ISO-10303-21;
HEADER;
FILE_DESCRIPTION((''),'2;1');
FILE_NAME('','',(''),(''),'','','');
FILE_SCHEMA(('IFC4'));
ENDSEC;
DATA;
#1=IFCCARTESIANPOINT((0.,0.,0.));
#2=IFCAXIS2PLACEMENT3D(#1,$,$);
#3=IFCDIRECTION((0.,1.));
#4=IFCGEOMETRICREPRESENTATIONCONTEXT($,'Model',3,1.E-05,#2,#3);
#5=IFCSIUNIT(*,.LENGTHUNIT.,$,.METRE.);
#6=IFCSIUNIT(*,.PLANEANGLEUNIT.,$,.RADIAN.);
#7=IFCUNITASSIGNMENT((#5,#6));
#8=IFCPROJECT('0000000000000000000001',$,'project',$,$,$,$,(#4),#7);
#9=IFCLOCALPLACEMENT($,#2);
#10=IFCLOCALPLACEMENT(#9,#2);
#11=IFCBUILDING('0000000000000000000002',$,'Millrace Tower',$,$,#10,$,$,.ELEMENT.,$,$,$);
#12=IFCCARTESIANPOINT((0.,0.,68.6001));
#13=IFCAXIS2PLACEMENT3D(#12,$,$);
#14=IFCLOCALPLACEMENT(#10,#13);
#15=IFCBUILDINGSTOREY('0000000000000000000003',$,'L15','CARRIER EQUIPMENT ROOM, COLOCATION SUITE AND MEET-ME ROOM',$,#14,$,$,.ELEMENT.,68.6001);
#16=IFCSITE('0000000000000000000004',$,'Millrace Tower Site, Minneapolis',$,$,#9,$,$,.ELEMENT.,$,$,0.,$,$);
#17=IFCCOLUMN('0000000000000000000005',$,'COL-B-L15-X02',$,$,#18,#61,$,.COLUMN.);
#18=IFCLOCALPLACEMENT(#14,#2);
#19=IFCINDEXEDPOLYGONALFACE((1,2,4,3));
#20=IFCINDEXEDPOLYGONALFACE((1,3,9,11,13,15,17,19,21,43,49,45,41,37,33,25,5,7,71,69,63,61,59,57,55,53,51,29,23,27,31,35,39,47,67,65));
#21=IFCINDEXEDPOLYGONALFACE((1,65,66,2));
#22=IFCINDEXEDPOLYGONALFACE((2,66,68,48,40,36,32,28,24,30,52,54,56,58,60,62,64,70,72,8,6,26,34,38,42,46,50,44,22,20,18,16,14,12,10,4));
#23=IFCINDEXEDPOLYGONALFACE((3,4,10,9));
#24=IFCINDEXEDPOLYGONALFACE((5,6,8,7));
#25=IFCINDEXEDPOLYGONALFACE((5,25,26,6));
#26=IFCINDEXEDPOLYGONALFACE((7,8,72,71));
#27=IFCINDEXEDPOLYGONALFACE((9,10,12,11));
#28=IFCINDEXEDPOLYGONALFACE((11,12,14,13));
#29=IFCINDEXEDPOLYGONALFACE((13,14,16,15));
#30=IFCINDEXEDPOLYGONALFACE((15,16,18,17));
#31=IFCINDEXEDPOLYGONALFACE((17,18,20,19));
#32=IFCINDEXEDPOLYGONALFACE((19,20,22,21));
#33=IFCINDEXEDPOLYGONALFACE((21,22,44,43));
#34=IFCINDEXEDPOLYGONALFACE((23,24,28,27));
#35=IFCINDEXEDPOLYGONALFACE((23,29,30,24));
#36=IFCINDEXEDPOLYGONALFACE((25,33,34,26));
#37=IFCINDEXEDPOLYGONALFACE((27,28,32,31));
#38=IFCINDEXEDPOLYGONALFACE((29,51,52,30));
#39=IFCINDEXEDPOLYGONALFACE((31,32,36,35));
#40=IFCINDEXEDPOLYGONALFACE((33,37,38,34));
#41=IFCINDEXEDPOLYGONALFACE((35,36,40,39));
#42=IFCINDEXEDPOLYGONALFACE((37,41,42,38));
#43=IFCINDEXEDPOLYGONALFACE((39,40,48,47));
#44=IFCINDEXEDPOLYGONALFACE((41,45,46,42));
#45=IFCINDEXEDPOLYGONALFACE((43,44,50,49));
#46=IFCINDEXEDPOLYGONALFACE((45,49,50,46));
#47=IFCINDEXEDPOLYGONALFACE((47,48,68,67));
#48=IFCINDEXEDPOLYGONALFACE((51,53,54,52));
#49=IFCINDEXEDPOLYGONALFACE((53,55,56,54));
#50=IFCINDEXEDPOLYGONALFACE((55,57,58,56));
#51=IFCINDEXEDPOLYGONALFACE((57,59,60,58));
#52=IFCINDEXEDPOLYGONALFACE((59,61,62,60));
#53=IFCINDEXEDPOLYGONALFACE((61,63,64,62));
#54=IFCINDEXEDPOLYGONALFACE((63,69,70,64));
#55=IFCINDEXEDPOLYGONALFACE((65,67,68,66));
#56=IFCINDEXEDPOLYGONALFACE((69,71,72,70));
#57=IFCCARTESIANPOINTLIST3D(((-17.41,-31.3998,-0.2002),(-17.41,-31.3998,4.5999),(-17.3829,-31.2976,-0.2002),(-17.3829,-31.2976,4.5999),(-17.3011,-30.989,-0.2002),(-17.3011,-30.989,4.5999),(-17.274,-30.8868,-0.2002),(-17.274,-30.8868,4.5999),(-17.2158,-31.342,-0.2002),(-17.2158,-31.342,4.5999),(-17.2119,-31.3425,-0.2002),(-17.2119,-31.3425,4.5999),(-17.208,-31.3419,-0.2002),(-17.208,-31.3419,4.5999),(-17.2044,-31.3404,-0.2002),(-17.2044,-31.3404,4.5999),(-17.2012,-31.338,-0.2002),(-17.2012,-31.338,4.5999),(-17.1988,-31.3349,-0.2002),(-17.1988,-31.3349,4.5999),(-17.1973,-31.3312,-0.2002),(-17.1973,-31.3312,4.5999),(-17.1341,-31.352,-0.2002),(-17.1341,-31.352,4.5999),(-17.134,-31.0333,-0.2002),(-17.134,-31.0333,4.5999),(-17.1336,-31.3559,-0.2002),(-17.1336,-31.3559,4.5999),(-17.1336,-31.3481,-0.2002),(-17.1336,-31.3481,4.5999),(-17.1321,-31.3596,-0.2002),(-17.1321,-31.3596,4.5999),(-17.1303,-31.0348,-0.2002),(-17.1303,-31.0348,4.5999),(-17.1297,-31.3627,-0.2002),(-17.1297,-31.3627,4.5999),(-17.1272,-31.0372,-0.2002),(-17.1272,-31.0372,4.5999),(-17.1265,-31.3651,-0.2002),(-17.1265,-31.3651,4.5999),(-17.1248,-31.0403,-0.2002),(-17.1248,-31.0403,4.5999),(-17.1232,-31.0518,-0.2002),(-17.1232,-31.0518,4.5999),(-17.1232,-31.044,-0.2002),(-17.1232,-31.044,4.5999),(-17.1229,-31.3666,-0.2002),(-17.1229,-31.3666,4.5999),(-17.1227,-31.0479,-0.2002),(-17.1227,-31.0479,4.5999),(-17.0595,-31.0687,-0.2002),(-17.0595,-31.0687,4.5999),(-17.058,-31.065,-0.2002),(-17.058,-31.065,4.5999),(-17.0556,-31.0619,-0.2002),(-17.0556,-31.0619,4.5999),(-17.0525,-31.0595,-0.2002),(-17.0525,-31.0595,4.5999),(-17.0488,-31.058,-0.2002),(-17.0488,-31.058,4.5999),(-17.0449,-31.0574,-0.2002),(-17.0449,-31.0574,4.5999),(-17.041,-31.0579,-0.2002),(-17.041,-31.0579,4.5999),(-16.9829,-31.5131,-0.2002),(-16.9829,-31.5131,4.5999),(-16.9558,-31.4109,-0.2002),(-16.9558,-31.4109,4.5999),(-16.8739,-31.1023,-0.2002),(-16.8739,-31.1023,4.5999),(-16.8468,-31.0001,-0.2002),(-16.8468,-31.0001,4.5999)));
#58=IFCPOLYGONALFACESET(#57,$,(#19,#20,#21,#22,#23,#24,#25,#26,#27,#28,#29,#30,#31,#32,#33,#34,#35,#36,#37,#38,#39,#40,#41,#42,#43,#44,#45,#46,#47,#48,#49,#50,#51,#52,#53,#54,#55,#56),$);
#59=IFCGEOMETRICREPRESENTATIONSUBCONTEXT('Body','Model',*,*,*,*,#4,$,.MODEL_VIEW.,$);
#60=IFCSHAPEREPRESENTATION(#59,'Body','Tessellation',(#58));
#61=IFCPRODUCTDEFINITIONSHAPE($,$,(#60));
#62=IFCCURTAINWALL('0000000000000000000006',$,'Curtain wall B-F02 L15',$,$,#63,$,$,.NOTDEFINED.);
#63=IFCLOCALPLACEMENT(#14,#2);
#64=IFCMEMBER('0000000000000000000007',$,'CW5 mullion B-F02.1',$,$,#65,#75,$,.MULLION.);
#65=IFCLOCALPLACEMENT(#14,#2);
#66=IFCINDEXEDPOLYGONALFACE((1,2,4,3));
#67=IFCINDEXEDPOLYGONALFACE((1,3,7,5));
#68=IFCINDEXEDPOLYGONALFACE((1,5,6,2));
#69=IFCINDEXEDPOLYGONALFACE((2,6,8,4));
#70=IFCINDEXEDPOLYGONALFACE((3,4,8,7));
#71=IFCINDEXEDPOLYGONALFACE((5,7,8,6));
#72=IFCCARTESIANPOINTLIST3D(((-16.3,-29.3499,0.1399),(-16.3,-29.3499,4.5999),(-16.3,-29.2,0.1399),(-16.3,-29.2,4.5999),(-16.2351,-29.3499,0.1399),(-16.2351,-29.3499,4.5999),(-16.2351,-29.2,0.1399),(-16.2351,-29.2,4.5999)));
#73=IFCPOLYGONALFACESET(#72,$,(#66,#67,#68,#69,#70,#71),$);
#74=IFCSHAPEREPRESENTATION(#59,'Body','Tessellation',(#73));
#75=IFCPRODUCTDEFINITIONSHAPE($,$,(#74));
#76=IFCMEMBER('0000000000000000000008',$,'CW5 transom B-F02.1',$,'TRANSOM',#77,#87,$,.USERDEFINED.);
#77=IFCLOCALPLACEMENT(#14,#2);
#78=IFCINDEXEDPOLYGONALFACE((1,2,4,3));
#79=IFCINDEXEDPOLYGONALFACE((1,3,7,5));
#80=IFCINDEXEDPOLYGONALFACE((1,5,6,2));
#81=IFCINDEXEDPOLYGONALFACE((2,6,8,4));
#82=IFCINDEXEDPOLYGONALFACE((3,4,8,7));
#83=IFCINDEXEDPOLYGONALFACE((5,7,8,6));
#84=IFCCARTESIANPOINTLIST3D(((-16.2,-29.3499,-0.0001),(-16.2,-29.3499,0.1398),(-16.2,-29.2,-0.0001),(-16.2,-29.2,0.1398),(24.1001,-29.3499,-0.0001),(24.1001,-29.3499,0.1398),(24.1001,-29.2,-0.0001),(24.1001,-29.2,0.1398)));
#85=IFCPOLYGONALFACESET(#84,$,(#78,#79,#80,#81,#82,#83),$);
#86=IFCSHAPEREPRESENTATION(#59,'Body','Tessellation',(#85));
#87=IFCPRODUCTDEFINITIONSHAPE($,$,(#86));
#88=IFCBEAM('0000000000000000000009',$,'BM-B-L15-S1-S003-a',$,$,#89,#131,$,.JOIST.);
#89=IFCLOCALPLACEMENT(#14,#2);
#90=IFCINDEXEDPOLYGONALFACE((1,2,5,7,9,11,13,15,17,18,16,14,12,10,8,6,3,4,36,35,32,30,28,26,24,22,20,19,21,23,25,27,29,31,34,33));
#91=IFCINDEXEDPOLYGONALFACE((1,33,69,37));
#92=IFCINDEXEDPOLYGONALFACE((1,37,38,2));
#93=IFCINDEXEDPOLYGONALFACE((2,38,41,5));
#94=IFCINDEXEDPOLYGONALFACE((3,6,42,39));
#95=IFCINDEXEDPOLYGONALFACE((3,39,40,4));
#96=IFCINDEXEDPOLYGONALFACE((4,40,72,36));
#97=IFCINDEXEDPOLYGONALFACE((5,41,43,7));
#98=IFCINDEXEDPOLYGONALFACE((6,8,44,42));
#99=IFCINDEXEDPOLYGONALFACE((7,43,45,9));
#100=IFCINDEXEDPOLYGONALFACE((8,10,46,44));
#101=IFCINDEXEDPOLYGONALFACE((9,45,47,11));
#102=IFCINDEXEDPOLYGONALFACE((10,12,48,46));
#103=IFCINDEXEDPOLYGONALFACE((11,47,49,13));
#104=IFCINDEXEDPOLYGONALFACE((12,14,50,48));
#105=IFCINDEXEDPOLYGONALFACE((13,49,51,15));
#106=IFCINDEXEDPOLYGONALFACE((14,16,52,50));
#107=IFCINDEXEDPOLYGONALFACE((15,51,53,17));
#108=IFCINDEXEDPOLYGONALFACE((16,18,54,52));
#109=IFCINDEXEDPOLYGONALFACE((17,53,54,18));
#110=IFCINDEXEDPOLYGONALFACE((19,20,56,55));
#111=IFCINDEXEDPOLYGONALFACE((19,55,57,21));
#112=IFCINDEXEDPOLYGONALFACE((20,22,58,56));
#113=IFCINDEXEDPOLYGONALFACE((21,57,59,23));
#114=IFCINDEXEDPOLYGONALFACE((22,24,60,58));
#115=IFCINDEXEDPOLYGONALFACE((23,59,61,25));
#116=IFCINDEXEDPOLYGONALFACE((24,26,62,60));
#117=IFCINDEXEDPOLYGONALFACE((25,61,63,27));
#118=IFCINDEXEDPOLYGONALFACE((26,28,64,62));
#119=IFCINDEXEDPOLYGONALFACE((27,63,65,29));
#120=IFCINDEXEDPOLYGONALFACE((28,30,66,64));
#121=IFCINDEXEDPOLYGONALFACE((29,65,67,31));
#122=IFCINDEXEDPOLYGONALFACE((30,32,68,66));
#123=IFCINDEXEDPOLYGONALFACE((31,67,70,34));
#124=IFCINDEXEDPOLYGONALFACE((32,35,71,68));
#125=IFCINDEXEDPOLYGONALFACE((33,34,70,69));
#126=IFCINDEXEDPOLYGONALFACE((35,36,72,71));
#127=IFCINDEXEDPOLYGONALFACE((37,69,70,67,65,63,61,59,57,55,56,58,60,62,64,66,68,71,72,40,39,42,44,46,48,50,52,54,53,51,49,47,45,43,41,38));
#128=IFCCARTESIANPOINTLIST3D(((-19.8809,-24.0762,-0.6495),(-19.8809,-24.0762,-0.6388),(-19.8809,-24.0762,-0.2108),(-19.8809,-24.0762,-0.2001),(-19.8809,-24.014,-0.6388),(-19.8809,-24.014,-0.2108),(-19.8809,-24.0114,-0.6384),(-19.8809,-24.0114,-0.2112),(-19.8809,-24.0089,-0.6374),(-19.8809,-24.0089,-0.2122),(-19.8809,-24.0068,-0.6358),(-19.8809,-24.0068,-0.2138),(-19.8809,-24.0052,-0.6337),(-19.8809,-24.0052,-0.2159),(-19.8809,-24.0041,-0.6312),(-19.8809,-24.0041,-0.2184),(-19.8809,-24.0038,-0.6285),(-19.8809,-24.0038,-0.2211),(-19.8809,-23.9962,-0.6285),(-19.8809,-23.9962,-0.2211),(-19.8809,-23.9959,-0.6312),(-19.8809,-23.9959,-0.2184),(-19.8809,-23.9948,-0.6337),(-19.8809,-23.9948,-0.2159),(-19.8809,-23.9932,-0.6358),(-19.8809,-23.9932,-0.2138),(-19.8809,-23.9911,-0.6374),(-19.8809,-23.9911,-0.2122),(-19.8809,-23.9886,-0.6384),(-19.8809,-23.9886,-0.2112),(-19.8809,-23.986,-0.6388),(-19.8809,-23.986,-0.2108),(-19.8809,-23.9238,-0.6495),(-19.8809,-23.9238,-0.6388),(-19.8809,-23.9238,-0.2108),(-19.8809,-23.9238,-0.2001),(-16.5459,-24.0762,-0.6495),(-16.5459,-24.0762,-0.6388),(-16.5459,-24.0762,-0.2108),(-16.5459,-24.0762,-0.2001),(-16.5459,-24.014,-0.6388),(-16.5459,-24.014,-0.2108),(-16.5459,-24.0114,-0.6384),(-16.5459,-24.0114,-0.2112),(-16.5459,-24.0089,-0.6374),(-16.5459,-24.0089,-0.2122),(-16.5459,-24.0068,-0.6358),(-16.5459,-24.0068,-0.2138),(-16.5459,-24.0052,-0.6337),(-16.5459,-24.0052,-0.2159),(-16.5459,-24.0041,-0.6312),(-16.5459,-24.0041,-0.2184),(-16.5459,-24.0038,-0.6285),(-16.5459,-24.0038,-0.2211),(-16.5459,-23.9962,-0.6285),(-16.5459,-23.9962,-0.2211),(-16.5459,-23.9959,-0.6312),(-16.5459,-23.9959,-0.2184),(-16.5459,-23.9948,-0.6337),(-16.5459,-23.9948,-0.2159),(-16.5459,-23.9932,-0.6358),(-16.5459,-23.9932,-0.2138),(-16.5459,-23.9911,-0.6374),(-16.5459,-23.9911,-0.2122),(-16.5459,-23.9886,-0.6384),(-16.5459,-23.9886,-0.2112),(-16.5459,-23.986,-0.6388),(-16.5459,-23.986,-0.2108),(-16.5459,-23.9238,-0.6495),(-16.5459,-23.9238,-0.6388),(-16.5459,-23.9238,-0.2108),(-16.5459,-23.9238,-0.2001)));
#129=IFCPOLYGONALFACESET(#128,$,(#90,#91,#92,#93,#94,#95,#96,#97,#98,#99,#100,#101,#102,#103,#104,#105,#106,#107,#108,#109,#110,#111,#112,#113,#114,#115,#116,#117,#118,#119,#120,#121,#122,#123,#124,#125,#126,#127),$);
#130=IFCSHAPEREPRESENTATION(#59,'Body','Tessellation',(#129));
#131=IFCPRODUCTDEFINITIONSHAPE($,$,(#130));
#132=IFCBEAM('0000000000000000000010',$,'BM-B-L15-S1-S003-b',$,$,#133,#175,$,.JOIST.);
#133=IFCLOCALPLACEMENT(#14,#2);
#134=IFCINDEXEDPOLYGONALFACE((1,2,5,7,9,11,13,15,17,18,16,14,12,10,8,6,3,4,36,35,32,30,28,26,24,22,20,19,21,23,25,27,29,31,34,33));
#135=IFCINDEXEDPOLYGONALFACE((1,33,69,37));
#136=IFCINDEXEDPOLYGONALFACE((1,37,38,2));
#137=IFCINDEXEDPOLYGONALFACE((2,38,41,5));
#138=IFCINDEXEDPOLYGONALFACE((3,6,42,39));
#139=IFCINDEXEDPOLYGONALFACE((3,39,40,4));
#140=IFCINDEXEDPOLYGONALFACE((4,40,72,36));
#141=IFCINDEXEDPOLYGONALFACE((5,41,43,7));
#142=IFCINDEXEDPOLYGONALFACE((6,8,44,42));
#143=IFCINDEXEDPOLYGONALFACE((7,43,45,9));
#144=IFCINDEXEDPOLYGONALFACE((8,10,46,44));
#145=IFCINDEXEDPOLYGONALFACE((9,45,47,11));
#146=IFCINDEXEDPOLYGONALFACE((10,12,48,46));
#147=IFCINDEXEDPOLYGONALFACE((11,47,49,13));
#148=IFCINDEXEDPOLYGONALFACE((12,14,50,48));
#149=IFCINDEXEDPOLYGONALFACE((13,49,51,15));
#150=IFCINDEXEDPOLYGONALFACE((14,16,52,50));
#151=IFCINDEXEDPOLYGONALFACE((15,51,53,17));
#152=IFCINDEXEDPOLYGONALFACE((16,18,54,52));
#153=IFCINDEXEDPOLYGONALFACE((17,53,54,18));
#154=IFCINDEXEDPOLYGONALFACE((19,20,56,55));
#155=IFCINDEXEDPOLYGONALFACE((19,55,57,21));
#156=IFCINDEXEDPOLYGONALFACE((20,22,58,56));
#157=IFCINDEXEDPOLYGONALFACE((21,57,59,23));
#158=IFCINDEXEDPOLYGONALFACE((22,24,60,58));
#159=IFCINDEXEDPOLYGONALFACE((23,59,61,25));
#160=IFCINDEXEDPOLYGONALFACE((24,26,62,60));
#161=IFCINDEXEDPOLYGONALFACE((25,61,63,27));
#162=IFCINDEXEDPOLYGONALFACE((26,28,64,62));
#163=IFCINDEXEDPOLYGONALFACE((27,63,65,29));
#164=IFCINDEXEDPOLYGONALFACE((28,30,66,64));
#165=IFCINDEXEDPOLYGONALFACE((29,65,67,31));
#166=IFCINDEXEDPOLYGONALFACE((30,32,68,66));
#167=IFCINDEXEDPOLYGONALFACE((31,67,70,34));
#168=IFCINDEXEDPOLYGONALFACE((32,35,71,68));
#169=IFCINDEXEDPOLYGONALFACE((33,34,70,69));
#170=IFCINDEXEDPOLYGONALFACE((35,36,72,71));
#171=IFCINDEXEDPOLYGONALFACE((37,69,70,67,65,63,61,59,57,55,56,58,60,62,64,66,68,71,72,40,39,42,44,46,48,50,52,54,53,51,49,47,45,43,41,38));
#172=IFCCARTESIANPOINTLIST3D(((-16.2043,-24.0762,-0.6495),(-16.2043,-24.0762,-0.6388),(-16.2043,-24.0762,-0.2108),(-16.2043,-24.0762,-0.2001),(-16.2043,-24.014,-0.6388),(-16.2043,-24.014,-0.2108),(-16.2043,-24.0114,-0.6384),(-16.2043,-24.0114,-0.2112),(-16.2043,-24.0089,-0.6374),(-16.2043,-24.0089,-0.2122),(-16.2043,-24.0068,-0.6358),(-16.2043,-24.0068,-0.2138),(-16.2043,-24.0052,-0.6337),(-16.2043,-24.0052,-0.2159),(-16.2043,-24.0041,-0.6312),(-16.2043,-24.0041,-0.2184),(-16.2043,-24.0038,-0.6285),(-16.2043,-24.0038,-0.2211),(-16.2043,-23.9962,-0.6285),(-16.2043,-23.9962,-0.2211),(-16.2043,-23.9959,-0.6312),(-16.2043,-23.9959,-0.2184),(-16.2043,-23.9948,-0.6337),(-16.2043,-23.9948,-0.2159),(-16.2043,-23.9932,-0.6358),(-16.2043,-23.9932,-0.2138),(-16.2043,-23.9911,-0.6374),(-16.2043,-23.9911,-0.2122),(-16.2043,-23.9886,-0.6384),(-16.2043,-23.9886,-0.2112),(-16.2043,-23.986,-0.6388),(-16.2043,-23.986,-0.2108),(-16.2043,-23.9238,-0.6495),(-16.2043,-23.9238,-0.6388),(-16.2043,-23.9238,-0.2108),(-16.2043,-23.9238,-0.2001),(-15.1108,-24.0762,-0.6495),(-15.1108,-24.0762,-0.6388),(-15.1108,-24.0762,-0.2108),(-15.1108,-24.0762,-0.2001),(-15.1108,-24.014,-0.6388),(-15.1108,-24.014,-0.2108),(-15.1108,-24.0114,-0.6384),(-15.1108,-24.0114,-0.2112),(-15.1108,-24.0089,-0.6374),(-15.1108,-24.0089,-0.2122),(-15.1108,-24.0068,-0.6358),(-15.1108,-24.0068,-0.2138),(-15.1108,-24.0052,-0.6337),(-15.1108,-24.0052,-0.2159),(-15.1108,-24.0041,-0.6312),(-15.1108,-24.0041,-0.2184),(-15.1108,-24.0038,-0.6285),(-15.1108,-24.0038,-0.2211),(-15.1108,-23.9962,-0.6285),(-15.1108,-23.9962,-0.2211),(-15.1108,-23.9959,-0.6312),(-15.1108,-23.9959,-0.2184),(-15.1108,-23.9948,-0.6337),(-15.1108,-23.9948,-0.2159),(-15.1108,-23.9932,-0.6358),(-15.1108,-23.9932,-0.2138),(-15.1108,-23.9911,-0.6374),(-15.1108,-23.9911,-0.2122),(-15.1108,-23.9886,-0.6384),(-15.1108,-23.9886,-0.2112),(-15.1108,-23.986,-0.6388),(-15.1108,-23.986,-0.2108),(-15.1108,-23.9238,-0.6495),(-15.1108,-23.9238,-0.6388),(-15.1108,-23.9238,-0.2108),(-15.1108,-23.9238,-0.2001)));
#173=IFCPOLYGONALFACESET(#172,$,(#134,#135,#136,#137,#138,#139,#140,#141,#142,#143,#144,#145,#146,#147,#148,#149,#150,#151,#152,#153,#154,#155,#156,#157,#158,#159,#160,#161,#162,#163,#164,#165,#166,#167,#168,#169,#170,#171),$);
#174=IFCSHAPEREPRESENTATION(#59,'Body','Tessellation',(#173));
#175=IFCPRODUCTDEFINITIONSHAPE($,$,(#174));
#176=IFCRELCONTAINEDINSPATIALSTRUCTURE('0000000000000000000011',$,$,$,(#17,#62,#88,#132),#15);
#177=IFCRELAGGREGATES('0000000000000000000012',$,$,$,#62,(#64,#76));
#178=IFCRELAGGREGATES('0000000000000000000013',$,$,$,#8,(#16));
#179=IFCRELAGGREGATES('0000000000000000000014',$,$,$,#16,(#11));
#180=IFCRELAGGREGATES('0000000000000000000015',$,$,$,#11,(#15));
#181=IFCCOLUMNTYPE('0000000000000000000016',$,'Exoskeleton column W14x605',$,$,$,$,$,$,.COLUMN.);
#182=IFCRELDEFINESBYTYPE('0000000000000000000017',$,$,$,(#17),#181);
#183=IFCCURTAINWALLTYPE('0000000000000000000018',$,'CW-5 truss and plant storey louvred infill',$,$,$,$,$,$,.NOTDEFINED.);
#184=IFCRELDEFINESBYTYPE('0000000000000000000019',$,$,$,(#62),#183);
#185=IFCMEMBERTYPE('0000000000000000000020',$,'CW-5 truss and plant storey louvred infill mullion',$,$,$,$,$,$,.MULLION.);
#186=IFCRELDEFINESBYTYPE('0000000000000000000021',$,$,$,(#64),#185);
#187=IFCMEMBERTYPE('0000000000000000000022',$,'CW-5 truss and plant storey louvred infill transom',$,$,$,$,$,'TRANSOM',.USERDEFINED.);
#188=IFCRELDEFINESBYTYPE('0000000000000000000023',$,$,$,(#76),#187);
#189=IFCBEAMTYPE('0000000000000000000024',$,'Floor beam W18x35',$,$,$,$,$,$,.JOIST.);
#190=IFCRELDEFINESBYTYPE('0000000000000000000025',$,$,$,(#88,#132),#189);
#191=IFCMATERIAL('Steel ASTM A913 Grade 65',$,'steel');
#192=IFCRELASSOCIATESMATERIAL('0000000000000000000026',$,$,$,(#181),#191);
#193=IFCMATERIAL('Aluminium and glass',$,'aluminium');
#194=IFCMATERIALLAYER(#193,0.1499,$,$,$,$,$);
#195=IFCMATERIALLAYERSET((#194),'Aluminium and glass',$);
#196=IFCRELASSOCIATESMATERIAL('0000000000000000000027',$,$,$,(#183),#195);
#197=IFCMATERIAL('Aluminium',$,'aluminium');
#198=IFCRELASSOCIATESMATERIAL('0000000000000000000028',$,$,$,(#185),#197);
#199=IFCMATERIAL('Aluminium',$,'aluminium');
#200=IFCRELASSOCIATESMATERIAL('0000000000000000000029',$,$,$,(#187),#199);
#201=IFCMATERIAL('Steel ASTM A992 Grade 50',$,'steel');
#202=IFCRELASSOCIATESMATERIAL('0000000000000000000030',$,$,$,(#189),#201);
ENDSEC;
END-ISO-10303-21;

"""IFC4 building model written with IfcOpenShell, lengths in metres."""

from ifc_helpers import new_model, si_unit, direction, frame, origin, origin_2d, place, context, subcontext, project, spatial, rectangle, i_section, extrude, material, layer, layer_set, material_profile, profile_set, type_object, element, aggregate, save


model = new_model("IFC4")

# Units and contexts
model_context = context("Model", 3, precision=1e-05, world=origin(), true_north=direction((0.0, 1.0)))
body_context = subcontext(model_context, "Body", "Model", "MODEL_VIEW")
ifc_project = project(units=[si_unit("LENGTHUNIT", "METRE"), si_unit("PLANEANGLEUNIT", "RADIAN")], contexts=[model_context])

# Site, building, storey
site_placement = place(None, origin())
site = spatial("IfcSite", under=ifc_project, at=site_placement, Name="Millrace Tower Site, Minneapolis", CompositionType="ELEMENT", RefElevation=0.0)
building_placement = place(site_placement, origin())
building = spatial("IfcBuilding", under=site, at=building_placement, Name="Millrace Tower", CompositionType="ELEMENT")
storey_placement = place(building_placement, frame((0.0, 0.0, 68.6001)))
storey = spatial("IfcBuildingStorey", under=building, at=storey_placement, Name="L15", Description="CARRIER EQUIPMENT ROOM, COLOCATION SUITE AND MEET-ME ROOM", CompositionType="ELEMENT", Elevation=68.6001)

# Column
ifc_material_1 = material(Name="Steel ASTM A913 Grade 65", Category="steel")
ifc_material_profile_1 = material_profile(ifc_material_1, i_section(OverallWidth=0.4419, OverallDepth=0.5308, WebThickness=0.0659, FlangeThickness=0.1057, FilletRadius=0.0151, at=origin_2d()))
ifc_profile_set_1 = profile_set([ifc_material_profile_1], Name="Steel ASTM A913 Grade 65")
column_type = type_object("IfcColumnType", Name="Exoskeleton column W14x605", PredefinedType="COLUMN", material=ifc_profile_set_1)
column_placement = place(storey_placement, frame((-17.1284, -31.2, -0.2002), z_axis=(0.0, 0.0, 1.0), x_axis=(0.966585, -0.256347, 0.0)))
element("IfcColumn", 1, at=column_placement, inside=storey, type_object=column_type, Name="COL-B-L15-X02", PredefinedType="COLUMN", context=body_context, shape_type="SweptSolid", body=[
    extrude(i_section(OverallWidth=0.4419, OverallDepth=0.5308, WebThickness=0.0659, FlangeThickness=0.1057, FilletRadius=0.0151, at=origin_2d()), origin(), (0.0, 0.0, 1.0), 4.8),
])

# Curtain wall, members
ifc_material_2 = material(Name="Aluminium and glass", Category="aluminium")
ifc_layer_1 = layer(ifc_material_2, 0.1499)
ifc_layer_set_1 = layer_set([ifc_layer_1], Name="Aluminium and glass")
curtain_wall_type = type_object("IfcCurtainWallType", Name="CW-5 truss and plant storey louvred infill", PredefinedType="NOTDEFINED", material=ifc_layer_set_1)
curtain_wall_placement = place(storey_placement, origin())
curtain_wall = element("IfcCurtainWall", 2, at=curtain_wall_placement, inside=storey, type_object=curtain_wall_type, Name="Curtain wall B-F02 L15", PredefinedType="NOTDEFINED")
ifc_material_3 = material(Name="Aluminium", Category="aluminium")
ifc_material_profile_2 = material_profile(ifc_material_3, rectangle(XDim=0.0649, YDim=0.1499, at=origin_2d()))
ifc_profile_set_2 = profile_set([ifc_material_profile_2], Name="Aluminium")
member_type_1 = type_object("IfcMemberType", Name="CW-5 truss and plant storey louvred infill mullion", PredefinedType="MULLION", material=ifc_profile_set_2)
member_1_placement = place(storey_placement, frame((-16.2676, -29.2749, 0.1399), z_axis=(0.0, 0.0, 1.0), x_axis=(1.0, 0.0, 0.0)))
member_1 = element("IfcMember", 3, at=member_1_placement, type_object=member_type_1, Name="CW5 mullion B-F02.1", PredefinedType="MULLION", context=body_context, shape_type="SweptSolid", body=[
    extrude(rectangle(XDim=0.0649, YDim=0.1499, at=origin_2d()), origin(), (0.0, 0.0, 1.0), 4.46),
])
ifc_material_4 = material(Name="Aluminium", Category="aluminium")
ifc_material_profile_3 = material_profile(ifc_material_4, rectangle(XDim=0.1499, YDim=0.1399, at=origin_2d()))
ifc_profile_set_3 = profile_set([ifc_material_profile_3], Name="Aluminium")
member_type_2 = type_object("IfcMemberType", Name="CW-5 truss and plant storey louvred infill transom", ElementType="TRANSOM", PredefinedType="USERDEFINED", material=ifc_profile_set_3)
member_2_placement = place(storey_placement, frame((-16.2, -29.2749, 0.0698), z_axis=(1.0, 0.0, 0.0), x_axis=(0.0, 1.0, 0.0)))
member_2 = element("IfcMember", 4, at=member_2_placement, type_object=member_type_2, Name="CW5 transom B-F02.1", ObjectType="TRANSOM", PredefinedType="USERDEFINED", context=body_context, shape_type="SweptSolid", body=[
    extrude(rectangle(XDim=0.1499, YDim=0.1399, at=origin_2d()), origin(), (0.0, 0.0, 1.0), 40.3),
])
aggregate(curtain_wall, [member_1, member_2])

# Beams
ifc_material_5 = material(Name="Steel ASTM A992 Grade 50", Category="steel")
ifc_material_profile_4 = material_profile(ifc_material_5, i_section(OverallWidth=0.1523, OverallDepth=0.4495, WebThickness=0.0076, FlangeThickness=0.0107, FilletRadius=0.0103, at=origin_2d()))
ifc_profile_set_4 = profile_set([ifc_material_profile_4], Name="Steel ASTM A992 Grade 50")
beam_type_1 = type_object("IfcBeamType", Name="Floor beam W18x35", PredefinedType="JOIST", material=ifc_profile_set_4)
beam_1_placement = place(storey_placement, frame((-19.8809, -24.0, -0.4248), z_axis=(1.0, 0.0, 0.0), x_axis=(0.0, 1.0, 0.0)))
element("IfcBeam", 5, at=beam_1_placement, inside=storey, type_object=beam_type_1, Name="BM-B-L15-S1-S003-a", PredefinedType="JOIST", context=body_context, shape_type="SweptSolid", body=[
    extrude(i_section(OverallWidth=0.1523, OverallDepth=0.4495, WebThickness=0.0076, FlangeThickness=0.0107, FilletRadius=0.0103, at=origin_2d()), origin(), (0.0, 0.0, 1.0), 3.335),
])
beam_2_placement = place(storey_placement, frame((-16.2043, -24.0, -0.4248), z_axis=(1.0, 0.0, 0.0), x_axis=(0.0, 1.0, 0.0)))
element("IfcBeam", 6, at=beam_2_placement, inside=storey, type_object=beam_type_1, Name="BM-B-L15-S1-S003-b", PredefinedType="JOIST", context=body_context, shape_type="SweptSolid", body=[
    extrude(i_section(OverallWidth=0.1523, OverallDepth=0.4495, WebThickness=0.0076, FlangeThickness=0.0107, FilletRadius=0.0103, at=origin_2d()), origin(), (0.0, 0.0, 1.0), 1.0935),
])

save(model, "model.ifc")
